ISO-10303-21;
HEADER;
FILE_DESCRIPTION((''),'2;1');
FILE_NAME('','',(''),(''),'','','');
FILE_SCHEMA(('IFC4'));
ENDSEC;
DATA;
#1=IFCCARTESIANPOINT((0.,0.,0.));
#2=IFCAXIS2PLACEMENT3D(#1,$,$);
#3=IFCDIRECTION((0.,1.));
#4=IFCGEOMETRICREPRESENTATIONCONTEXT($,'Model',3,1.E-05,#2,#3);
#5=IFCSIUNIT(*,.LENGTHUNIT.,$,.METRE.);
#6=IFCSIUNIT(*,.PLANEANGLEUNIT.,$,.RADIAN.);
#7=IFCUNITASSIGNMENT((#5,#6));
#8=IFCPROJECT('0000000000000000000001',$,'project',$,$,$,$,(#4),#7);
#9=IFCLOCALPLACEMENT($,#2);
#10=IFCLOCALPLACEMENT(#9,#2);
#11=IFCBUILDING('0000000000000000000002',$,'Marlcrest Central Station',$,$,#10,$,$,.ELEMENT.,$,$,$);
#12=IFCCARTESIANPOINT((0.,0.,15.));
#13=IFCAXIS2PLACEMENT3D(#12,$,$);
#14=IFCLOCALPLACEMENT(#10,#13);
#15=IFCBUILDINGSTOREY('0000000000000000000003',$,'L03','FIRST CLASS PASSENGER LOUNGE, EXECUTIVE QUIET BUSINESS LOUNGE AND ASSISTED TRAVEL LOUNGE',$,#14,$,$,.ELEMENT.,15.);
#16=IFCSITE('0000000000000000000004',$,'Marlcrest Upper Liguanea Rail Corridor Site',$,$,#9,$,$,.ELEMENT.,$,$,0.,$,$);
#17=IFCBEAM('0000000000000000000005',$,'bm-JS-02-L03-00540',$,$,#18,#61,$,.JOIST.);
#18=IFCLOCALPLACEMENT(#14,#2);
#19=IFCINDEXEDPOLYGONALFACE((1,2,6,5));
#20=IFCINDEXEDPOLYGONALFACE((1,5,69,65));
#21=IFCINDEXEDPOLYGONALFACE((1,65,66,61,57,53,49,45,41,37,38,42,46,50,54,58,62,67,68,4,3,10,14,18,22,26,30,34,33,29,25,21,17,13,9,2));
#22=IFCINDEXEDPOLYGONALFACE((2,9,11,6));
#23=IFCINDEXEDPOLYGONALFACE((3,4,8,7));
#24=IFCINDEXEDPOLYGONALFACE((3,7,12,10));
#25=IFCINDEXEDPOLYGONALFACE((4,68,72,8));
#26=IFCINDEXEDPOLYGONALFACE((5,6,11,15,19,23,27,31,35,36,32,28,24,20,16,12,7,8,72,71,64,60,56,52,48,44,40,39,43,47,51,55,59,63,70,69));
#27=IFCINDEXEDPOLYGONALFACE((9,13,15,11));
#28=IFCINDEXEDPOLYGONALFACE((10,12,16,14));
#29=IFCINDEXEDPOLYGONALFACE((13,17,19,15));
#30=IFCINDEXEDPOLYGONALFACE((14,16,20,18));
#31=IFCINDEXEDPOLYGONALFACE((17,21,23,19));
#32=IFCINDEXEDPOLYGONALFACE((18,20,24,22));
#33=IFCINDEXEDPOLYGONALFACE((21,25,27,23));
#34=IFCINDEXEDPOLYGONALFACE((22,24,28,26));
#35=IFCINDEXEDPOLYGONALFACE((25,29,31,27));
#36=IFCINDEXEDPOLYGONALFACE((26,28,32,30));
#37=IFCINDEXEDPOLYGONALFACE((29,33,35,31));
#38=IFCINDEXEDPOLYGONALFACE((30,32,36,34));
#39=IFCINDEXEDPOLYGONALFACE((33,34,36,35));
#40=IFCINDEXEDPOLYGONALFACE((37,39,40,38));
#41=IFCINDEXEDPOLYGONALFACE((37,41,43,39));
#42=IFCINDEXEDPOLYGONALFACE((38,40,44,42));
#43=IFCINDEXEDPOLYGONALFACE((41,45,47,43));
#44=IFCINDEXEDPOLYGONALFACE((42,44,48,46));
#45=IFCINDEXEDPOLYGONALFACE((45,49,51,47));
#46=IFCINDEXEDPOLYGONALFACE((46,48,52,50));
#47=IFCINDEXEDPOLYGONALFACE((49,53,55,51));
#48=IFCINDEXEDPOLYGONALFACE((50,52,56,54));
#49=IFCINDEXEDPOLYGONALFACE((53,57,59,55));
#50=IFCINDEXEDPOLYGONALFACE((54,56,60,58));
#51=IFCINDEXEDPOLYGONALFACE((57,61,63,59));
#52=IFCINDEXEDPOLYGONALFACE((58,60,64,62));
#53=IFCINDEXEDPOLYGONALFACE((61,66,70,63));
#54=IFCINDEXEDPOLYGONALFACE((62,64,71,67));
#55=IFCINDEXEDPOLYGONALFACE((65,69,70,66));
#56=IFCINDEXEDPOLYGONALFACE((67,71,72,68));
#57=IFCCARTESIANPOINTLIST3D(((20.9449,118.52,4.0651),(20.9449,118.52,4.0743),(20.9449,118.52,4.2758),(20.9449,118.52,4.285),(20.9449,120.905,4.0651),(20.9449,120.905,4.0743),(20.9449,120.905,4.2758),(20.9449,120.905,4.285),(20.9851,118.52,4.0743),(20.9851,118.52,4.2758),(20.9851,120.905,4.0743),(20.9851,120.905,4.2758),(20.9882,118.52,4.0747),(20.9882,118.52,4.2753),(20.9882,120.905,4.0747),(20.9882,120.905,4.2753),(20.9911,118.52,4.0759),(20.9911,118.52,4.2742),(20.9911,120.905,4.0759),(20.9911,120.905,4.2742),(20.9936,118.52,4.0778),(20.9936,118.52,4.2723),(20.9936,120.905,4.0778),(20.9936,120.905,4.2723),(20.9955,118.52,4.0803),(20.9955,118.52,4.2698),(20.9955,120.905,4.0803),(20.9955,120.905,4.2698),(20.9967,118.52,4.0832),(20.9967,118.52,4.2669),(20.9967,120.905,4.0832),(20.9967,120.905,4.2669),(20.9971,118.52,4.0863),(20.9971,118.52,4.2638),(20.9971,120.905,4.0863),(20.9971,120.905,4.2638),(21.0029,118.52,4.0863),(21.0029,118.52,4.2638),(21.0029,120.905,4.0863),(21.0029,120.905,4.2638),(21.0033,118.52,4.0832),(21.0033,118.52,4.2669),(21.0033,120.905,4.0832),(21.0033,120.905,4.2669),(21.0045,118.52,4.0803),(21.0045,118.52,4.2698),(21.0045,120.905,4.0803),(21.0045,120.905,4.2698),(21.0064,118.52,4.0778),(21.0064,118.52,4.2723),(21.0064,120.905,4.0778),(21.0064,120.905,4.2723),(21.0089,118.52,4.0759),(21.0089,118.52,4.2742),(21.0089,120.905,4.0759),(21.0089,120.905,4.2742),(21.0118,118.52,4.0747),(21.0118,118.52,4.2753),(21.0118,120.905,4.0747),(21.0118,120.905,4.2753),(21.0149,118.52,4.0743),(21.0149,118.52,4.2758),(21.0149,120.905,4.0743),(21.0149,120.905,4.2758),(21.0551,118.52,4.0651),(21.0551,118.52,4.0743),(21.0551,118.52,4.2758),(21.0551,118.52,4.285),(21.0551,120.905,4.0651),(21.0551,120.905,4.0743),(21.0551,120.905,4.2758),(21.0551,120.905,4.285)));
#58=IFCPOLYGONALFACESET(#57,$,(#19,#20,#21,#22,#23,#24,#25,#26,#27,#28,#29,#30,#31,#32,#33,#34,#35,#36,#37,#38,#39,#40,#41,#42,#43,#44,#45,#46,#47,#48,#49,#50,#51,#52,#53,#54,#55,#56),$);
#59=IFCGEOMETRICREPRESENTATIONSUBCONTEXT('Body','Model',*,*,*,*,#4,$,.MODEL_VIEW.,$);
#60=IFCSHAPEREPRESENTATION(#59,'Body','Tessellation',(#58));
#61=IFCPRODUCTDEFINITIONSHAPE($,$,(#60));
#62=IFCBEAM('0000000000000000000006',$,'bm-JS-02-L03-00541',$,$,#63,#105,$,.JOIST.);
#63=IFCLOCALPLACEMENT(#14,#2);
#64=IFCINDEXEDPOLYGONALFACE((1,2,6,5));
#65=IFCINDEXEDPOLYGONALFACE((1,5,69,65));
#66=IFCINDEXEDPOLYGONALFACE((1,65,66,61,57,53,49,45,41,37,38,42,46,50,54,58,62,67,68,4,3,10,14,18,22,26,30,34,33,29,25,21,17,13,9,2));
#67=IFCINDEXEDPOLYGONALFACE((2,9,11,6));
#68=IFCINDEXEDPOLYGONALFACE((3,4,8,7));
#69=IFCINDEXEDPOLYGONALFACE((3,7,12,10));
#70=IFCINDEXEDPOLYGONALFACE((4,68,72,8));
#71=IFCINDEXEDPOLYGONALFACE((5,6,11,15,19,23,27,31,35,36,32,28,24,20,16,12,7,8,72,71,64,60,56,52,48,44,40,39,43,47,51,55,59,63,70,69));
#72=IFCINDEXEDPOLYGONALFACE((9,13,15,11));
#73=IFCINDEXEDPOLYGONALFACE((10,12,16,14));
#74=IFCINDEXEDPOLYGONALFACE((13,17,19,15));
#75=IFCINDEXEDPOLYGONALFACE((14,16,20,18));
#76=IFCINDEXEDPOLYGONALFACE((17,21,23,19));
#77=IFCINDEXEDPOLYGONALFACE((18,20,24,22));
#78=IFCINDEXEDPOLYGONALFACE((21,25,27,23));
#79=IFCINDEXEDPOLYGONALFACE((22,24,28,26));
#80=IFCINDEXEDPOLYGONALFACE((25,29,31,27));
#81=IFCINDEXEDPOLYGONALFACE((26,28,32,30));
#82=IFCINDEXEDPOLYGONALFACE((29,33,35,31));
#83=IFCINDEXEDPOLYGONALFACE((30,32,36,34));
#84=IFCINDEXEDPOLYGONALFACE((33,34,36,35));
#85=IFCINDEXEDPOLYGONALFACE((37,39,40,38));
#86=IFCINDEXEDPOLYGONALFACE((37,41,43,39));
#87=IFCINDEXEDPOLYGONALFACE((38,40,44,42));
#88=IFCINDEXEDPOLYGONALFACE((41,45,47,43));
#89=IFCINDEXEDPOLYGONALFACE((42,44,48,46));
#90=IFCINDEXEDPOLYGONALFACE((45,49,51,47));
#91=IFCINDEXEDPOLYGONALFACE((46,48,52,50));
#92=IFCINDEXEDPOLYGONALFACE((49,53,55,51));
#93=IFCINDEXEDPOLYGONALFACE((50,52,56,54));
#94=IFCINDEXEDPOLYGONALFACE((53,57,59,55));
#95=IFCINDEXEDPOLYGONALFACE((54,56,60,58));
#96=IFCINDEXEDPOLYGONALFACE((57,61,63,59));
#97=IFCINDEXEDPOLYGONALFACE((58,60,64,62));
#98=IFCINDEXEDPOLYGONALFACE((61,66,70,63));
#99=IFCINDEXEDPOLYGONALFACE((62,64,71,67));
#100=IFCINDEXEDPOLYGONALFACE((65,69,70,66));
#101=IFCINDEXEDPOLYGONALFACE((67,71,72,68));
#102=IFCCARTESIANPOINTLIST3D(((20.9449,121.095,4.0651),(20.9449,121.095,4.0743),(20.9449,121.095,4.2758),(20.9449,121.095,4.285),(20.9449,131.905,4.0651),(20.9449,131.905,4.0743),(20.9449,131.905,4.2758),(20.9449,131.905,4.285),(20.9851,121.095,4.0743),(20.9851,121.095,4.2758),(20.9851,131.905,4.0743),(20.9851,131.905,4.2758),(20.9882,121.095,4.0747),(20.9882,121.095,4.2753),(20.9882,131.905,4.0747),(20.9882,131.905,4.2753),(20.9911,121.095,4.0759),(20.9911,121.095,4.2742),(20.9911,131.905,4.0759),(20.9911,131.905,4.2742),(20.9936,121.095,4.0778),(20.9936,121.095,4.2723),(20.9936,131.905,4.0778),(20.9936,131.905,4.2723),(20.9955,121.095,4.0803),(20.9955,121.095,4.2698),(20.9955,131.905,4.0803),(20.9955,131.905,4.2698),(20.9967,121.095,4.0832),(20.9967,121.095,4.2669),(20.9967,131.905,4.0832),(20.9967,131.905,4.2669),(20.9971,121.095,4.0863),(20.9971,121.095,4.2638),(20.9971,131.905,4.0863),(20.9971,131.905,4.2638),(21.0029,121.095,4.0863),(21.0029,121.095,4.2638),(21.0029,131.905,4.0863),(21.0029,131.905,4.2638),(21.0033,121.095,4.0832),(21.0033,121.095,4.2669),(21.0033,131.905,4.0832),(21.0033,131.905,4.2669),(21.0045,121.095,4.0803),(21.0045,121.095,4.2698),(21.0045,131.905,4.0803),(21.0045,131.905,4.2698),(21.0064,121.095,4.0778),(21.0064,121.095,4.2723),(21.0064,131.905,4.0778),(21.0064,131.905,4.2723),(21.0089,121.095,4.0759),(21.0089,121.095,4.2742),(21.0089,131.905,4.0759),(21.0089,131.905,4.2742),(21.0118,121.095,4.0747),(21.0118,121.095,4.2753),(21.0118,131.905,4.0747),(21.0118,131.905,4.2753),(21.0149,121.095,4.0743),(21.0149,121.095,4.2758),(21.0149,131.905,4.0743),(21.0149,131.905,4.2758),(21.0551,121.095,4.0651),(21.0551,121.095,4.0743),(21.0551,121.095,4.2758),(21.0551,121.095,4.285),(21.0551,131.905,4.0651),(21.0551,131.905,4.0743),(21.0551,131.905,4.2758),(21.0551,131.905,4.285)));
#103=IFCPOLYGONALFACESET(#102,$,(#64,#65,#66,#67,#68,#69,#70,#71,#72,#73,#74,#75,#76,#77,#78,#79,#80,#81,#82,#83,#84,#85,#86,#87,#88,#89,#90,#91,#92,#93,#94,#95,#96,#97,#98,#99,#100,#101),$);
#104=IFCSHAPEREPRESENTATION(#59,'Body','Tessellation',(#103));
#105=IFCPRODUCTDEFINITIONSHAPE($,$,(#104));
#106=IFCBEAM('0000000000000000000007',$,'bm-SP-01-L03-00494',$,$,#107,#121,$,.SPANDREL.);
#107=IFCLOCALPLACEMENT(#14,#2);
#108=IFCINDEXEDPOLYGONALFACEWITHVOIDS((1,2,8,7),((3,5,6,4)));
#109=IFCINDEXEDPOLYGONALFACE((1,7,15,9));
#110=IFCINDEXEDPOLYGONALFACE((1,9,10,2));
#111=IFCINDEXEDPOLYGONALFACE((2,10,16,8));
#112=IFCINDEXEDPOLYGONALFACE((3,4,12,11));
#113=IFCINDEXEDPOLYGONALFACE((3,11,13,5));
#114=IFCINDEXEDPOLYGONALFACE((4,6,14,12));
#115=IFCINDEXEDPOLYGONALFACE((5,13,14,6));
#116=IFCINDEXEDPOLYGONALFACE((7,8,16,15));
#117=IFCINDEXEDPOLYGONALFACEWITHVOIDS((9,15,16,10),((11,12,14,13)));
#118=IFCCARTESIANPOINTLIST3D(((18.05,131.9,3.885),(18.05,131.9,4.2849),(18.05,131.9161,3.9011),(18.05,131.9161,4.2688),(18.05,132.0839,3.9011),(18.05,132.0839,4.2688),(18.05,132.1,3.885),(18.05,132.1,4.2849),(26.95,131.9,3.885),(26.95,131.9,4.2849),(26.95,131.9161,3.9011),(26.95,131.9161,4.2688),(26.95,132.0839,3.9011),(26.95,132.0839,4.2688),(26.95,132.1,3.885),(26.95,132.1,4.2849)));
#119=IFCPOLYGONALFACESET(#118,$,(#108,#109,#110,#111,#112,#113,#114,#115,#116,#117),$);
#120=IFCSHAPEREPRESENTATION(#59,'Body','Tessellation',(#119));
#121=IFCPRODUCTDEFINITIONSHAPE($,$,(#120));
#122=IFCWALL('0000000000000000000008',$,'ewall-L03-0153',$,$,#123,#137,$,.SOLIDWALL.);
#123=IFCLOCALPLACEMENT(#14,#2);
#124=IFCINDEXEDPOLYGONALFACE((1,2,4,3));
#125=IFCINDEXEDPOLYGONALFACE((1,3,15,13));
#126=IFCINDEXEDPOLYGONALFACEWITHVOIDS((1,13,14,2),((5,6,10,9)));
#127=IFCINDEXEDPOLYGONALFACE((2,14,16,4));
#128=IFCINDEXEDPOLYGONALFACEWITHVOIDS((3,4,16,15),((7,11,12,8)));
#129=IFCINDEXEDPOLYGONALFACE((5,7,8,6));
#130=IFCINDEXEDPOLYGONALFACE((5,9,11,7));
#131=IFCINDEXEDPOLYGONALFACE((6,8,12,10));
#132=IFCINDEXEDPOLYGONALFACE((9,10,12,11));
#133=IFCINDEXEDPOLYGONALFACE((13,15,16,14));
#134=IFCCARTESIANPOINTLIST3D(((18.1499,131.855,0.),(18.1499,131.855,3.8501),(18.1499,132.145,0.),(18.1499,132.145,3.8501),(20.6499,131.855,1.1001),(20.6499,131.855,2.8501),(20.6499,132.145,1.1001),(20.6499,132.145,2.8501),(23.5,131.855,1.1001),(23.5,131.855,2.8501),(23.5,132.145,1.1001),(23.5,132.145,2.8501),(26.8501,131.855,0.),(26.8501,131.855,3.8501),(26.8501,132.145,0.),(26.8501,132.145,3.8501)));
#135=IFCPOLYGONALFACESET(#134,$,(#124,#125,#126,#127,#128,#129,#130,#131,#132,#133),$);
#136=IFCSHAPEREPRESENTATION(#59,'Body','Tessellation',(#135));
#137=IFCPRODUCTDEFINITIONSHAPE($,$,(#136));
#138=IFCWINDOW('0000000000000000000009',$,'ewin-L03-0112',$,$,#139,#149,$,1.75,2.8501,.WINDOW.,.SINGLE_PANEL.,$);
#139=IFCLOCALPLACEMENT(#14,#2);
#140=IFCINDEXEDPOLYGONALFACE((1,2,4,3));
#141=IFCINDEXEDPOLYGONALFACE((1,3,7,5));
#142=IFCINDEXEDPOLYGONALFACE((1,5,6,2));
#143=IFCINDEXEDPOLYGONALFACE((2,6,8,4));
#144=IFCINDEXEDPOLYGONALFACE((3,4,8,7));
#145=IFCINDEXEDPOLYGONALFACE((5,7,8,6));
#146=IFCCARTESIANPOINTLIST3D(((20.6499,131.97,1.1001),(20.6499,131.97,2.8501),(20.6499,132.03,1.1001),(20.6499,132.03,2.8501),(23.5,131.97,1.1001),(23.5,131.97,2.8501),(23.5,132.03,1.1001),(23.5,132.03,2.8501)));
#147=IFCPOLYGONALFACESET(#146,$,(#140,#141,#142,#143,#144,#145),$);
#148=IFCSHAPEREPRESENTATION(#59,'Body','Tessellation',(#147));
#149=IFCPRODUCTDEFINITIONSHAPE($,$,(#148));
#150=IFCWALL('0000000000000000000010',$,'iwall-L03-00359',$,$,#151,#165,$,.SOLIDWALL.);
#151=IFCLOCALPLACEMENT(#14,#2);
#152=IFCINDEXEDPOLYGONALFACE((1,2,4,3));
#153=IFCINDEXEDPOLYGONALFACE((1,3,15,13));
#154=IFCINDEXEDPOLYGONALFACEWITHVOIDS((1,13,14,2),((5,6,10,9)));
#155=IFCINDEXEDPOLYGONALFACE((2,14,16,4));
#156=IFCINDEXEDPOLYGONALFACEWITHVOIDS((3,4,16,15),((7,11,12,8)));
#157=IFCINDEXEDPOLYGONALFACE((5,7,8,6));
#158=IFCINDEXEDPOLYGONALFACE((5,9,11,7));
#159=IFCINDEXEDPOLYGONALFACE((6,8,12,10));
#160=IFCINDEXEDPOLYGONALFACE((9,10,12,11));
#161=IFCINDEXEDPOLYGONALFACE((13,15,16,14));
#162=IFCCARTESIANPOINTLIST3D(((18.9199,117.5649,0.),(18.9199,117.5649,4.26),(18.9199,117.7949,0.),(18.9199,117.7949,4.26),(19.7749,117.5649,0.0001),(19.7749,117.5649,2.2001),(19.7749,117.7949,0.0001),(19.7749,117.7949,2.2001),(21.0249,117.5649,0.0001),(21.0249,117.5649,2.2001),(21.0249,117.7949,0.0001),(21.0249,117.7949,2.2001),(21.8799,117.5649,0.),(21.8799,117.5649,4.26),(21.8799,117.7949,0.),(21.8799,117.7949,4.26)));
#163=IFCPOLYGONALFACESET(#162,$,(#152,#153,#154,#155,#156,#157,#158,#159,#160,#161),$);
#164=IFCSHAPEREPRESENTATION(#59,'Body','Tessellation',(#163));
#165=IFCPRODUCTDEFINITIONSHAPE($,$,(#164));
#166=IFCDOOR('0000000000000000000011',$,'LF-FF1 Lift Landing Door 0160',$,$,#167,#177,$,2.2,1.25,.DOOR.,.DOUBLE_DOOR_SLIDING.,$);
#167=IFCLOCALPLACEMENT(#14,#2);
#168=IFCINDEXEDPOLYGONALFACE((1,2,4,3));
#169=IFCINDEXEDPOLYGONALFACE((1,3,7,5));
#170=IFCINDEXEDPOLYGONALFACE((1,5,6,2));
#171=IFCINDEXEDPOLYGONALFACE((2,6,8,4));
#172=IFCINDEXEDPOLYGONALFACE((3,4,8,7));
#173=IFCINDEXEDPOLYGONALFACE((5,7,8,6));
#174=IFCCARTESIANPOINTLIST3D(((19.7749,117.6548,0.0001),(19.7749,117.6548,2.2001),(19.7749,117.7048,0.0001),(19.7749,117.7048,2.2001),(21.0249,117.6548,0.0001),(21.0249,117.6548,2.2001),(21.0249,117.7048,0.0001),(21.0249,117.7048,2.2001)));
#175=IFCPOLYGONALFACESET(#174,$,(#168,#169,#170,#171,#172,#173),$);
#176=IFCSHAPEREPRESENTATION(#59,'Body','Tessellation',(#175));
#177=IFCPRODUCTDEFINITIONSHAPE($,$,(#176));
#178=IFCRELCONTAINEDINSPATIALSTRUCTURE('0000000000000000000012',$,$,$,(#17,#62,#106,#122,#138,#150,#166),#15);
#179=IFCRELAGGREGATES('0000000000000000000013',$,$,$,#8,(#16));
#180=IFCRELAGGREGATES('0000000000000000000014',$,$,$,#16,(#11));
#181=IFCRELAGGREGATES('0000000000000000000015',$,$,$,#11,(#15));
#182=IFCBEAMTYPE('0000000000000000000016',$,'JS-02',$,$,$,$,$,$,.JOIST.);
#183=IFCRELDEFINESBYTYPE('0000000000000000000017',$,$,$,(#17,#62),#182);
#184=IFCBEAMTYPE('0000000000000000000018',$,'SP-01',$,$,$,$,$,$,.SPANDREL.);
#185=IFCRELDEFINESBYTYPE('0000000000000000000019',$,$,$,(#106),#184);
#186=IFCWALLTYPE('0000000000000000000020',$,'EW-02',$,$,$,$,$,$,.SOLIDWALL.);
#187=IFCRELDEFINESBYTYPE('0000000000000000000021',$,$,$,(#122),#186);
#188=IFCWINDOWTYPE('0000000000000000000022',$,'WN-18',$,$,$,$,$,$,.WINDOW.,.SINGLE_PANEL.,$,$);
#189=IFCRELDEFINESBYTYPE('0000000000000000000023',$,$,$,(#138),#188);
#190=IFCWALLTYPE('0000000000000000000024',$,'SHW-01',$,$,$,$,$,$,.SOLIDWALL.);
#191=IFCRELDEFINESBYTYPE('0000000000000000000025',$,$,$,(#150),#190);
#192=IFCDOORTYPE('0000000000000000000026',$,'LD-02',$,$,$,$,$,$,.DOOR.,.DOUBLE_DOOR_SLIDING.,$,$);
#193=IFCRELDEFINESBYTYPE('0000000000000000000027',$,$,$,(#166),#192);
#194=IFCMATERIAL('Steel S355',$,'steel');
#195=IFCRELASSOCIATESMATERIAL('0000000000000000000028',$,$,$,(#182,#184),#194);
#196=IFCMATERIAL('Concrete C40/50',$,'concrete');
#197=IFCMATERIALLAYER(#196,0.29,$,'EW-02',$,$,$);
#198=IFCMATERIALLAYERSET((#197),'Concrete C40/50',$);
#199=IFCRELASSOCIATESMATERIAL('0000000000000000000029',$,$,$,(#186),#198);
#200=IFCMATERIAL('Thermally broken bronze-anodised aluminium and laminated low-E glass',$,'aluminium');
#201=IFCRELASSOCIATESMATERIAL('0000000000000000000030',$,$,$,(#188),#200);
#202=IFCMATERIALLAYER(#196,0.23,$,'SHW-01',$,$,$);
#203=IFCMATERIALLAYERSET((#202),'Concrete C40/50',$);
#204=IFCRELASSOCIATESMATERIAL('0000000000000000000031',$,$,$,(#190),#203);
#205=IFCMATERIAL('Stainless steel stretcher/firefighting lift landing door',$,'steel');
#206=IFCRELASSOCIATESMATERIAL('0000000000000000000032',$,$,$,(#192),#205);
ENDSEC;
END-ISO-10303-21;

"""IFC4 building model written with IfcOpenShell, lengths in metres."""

from ifc_helpers import new_model, si_unit, direction, frame, frame_2d, origin, origin_2d, place, context, subcontext, project, spatial, rectangle, hollow_rectangle, i_section, extrude, material, layer, layer_set, material_profile, profile_set, type_object, element, fill, save


model = new_model("IFC4")

# Units and contexts
model_context = context("Model", 3, precision=1e-05, world=origin(), true_north=direction((0.0, 1.0)))
body_context = subcontext(model_context, "Body", "Model", "MODEL_VIEW")
ifc_project = project(units=[si_unit("LENGTHUNIT", "METRE"), si_unit("PLANEANGLEUNIT", "RADIAN")], contexts=[model_context])

# Site, building, storey
site_placement = place(None, origin())
site = spatial("IfcSite", under=ifc_project, at=site_placement, Name="Marlcrest Upper Liguanea Rail Corridor Site", CompositionType="ELEMENT", RefElevation=0.0)
building_placement = place(site_placement, origin())
building = spatial("IfcBuilding", under=site, at=building_placement, Name="Marlcrest Central Station", CompositionType="ELEMENT")
storey_placement = place(building_placement, frame((0.0, 0.0, 15.0)))
storey = spatial("IfcBuildingStorey", under=building, at=storey_placement, Name="L03", Description="FIRST CLASS PASSENGER LOUNGE, EXECUTIVE QUIET BUSINESS LOUNGE AND ASSISTED TRAVEL LOUNGE", CompositionType="ELEMENT", Elevation=15.0)

# Shared definitions
ifc_material_1 = material(Name="Steel S355", Category="steel")

# Beams
ifc_material_profile_1 = material_profile(ifc_material_1, i_section(OverallWidth=0.1101, OverallDepth=0.22, WebThickness=0.0059, FlangeThickness=0.0093, FilletRadius=0.012, at=origin_2d()), Name="IPE 220")
ifc_profile_set_1 = profile_set([ifc_material_profile_1], Name="Steel S355")
beam_type_1 = type_object("IfcBeamType", Name="JS-02", PredefinedType="JOIST", material=ifc_profile_set_1)
beam_1_placement = place(storey_placement, frame((21.0, 118.52, 4.175), z_axis=(0.0, 1.0, 0.0), x_axis=(-1.0, 0.0, 0.0)))
element("IfcBeam", 1, at=beam_1_placement, inside=storey, type_object=beam_type_1, Name="bm-JS-02-L03-00540", PredefinedType="JOIST", context=body_context, shape_type="SweptSolid", body=[
    extrude(i_section(OverallWidth=0.1101, OverallDepth=0.22, WebThickness=0.0059, FlangeThickness=0.0093, FilletRadius=0.012, at=origin_2d()), origin(), (0.0, 0.0, 1.0), 2.385),
])
beam_2_placement = place(storey_placement, frame((21.0, 121.095, 4.175), z_axis=(0.0, 1.0, 0.0), x_axis=(-1.0, 0.0, 0.0)))
element("IfcBeam", 2, at=beam_2_placement, inside=storey, type_object=beam_type_1, Name="bm-JS-02-L03-00541", PredefinedType="JOIST", context=body_context, shape_type="SweptSolid", body=[
    extrude(i_section(OverallWidth=0.1101, OverallDepth=0.22, WebThickness=0.0059, FlangeThickness=0.0093, FilletRadius=0.012, at=origin_2d()), origin(), (0.0, 0.0, 1.0), 10.8101),
])
ifc_material_profile_2 = material_profile(ifc_material_1, hollow_rectangle(XDim=0.2, YDim=0.3999, WallThickness=0.0161, at=origin_2d()), Name="RHS 400x200x16")
ifc_profile_set_2 = profile_set([ifc_material_profile_2], Name="Steel S355")
beam_type_2 = type_object("IfcBeamType", Name="SP-01", PredefinedType="SPANDREL", material=ifc_profile_set_2)
beam_3_placement = place(storey_placement, frame((18.05, 132.0, 4.085), z_axis=(1.0, 0.0, 0.0), x_axis=(0.0, 1.0, 0.0)))
element("IfcBeam", 3, at=beam_3_placement, inside=storey, type_object=beam_type_2, Name="bm-SP-01-L03-00494", PredefinedType="SPANDREL", context=body_context, shape_type="SweptSolid", body=[
    extrude(hollow_rectangle(XDim=0.2, YDim=0.3999, WallThickness=0.0161, at=origin_2d()), origin(), (0.0, 0.0, 1.0), 8.8999),
])

# Wall, opening, window
ifc_material_2 = material(Name="Concrete C40/50", Category="concrete")
ifc_layer_1 = layer(ifc_material_2, 0.29, Name="EW-02")
ifc_layer_set_1 = layer_set([ifc_layer_1], Name="Concrete C40/50")
wall_type_1 = type_object("IfcWallType", Name="EW-02", PredefinedType="SOLIDWALL", material=ifc_layer_set_1)
wall_1_placement = place(storey_placement, frame((18.1499, 132.0, 0.0), z_axis=(0.0, 0.0, 1.0), x_axis=(1.0, 0.0, 0.0)))
wall_1 = element("IfcWall", 4, at=wall_1_placement, inside=storey, type_object=wall_type_1, Name="ewall-L03-0153", PredefinedType="SOLIDWALL", context=body_context, shape_type="SweptSolid", body=[
    extrude(rectangle(XDim=8.7002, YDim=0.29, at=frame_2d((4.3501, 0.0))), origin(), (0.0, 0.0, 1.0), 3.8501),
])
opening_1_placement = place(wall_1_placement, frame((2.5, 0.0, 1.1001)))
opening_1 = element("IfcOpeningElement", 5, at=opening_1_placement, cuts=wall_1, PredefinedType="OPENING", context=body_context, shape_type="SweptSolid", body=[
    extrude(rectangle(XDim=2.8501, YDim=1.75, at=frame_2d((1.425, 0.875))), frame((0.0, 0.155, 0.0), z_axis=(0.0, -1.0, 0.0), x_axis=(1.0, 0.0, 0.0)), (0.0, 0.0, 1.0), 0.3101),
])
ifc_material_3 = material(Name="Thermally broken bronze-anodised aluminium and laminated low-E glass", Category="aluminium")
window_type = type_object("IfcWindowType", Name="WN-18", PartitioningType="SINGLE_PANEL", PredefinedType="WINDOW", material=ifc_material_3)
window_placement = place(opening_1_placement, origin())
window = element("IfcWindow", 6, at=window_placement, inside=storey, type_object=window_type, Name="ewin-L03-0112", OverallHeight=1.75, OverallWidth=2.8501, PartitioningType="SINGLE_PANEL", PredefinedType="WINDOW", context=body_context, shape_type="SweptSolid", body=[
    extrude(rectangle(XDim=2.8501, YDim=1.75, at=frame_2d((1.425, 0.875))), frame((0.0, 0.03, 0.0), z_axis=(0.0, -1.0, 0.0), x_axis=(1.0, 0.0, 0.0)), (0.0, 0.0, 1.0), 0.0601),
])
fill(opening_1, window)

# Wall, opening, door
ifc_layer_2 = layer(ifc_material_2, 0.23, Name="SHW-01")
ifc_layer_set_2 = layer_set([ifc_layer_2], Name="Concrete C40/50")
wall_type_2 = type_object("IfcWallType", Name="SHW-01", PredefinedType="SOLIDWALL", material=ifc_layer_set_2)
wall_2_placement = place(storey_placement, frame((18.9199, 117.6799, 0.0), z_axis=(0.0, 0.0, 1.0), x_axis=(1.0, 0.0, 0.0)))
wall_2 = element("IfcWall", 7, at=wall_2_placement, inside=storey, type_object=wall_type_2, Name="iwall-L03-00359", PredefinedType="SOLIDWALL", context=body_context, shape_type="SweptSolid", body=[
    extrude(rectangle(XDim=2.96, YDim=0.23, at=frame_2d((1.48, 0.0))), origin(), (0.0, 0.0, 1.0), 4.26),
])
opening_2_placement = place(wall_2_placement, frame((0.855, 0.0, 0.0)))
opening_2 = element("IfcOpeningElement", 8, at=opening_2_placement, cuts=wall_2, PredefinedType="OPENING", context=body_context, shape_type="SweptSolid", body=[
    extrude(rectangle(XDim=1.25, YDim=2.2, at=frame_2d((0.625, 1.1001))), frame((0.0, 0.125, 0.0), z_axis=(0.0, -1.0, 0.0), x_axis=(1.0, 0.0, 0.0)), (0.0, 0.0, 1.0), 0.25),
])
ifc_material_4 = material(Name="Stainless steel stretcher/firefighting lift landing door", Category="steel")
door_type = type_object("IfcDoorType", Name="LD-02", OperationType="DOUBLE_DOOR_SLIDING", PredefinedType="DOOR", material=ifc_material_4)
door_placement = place(opening_2_placement, origin())
door = element("IfcDoor", 9, at=door_placement, inside=storey, type_object=door_type, Name="LF-FF1 Lift Landing Door 0160", OperationType="DOUBLE_DOOR_SLIDING", OverallHeight=2.2, OverallWidth=1.25, PredefinedType="DOOR", context=body_context, shape_type="SweptSolid", body=[
    extrude(rectangle(XDim=1.25, YDim=2.2, at=frame_2d((0.625, 1.1001))), frame((0.0, 0.0249, 0.0), z_axis=(0.0, -1.0, 0.0), x_axis=(1.0, 0.0, 0.0)), (0.0, 0.0, 1.0), 0.05),
])
fill(opening_2, door)

save(model, "model.ifc")
